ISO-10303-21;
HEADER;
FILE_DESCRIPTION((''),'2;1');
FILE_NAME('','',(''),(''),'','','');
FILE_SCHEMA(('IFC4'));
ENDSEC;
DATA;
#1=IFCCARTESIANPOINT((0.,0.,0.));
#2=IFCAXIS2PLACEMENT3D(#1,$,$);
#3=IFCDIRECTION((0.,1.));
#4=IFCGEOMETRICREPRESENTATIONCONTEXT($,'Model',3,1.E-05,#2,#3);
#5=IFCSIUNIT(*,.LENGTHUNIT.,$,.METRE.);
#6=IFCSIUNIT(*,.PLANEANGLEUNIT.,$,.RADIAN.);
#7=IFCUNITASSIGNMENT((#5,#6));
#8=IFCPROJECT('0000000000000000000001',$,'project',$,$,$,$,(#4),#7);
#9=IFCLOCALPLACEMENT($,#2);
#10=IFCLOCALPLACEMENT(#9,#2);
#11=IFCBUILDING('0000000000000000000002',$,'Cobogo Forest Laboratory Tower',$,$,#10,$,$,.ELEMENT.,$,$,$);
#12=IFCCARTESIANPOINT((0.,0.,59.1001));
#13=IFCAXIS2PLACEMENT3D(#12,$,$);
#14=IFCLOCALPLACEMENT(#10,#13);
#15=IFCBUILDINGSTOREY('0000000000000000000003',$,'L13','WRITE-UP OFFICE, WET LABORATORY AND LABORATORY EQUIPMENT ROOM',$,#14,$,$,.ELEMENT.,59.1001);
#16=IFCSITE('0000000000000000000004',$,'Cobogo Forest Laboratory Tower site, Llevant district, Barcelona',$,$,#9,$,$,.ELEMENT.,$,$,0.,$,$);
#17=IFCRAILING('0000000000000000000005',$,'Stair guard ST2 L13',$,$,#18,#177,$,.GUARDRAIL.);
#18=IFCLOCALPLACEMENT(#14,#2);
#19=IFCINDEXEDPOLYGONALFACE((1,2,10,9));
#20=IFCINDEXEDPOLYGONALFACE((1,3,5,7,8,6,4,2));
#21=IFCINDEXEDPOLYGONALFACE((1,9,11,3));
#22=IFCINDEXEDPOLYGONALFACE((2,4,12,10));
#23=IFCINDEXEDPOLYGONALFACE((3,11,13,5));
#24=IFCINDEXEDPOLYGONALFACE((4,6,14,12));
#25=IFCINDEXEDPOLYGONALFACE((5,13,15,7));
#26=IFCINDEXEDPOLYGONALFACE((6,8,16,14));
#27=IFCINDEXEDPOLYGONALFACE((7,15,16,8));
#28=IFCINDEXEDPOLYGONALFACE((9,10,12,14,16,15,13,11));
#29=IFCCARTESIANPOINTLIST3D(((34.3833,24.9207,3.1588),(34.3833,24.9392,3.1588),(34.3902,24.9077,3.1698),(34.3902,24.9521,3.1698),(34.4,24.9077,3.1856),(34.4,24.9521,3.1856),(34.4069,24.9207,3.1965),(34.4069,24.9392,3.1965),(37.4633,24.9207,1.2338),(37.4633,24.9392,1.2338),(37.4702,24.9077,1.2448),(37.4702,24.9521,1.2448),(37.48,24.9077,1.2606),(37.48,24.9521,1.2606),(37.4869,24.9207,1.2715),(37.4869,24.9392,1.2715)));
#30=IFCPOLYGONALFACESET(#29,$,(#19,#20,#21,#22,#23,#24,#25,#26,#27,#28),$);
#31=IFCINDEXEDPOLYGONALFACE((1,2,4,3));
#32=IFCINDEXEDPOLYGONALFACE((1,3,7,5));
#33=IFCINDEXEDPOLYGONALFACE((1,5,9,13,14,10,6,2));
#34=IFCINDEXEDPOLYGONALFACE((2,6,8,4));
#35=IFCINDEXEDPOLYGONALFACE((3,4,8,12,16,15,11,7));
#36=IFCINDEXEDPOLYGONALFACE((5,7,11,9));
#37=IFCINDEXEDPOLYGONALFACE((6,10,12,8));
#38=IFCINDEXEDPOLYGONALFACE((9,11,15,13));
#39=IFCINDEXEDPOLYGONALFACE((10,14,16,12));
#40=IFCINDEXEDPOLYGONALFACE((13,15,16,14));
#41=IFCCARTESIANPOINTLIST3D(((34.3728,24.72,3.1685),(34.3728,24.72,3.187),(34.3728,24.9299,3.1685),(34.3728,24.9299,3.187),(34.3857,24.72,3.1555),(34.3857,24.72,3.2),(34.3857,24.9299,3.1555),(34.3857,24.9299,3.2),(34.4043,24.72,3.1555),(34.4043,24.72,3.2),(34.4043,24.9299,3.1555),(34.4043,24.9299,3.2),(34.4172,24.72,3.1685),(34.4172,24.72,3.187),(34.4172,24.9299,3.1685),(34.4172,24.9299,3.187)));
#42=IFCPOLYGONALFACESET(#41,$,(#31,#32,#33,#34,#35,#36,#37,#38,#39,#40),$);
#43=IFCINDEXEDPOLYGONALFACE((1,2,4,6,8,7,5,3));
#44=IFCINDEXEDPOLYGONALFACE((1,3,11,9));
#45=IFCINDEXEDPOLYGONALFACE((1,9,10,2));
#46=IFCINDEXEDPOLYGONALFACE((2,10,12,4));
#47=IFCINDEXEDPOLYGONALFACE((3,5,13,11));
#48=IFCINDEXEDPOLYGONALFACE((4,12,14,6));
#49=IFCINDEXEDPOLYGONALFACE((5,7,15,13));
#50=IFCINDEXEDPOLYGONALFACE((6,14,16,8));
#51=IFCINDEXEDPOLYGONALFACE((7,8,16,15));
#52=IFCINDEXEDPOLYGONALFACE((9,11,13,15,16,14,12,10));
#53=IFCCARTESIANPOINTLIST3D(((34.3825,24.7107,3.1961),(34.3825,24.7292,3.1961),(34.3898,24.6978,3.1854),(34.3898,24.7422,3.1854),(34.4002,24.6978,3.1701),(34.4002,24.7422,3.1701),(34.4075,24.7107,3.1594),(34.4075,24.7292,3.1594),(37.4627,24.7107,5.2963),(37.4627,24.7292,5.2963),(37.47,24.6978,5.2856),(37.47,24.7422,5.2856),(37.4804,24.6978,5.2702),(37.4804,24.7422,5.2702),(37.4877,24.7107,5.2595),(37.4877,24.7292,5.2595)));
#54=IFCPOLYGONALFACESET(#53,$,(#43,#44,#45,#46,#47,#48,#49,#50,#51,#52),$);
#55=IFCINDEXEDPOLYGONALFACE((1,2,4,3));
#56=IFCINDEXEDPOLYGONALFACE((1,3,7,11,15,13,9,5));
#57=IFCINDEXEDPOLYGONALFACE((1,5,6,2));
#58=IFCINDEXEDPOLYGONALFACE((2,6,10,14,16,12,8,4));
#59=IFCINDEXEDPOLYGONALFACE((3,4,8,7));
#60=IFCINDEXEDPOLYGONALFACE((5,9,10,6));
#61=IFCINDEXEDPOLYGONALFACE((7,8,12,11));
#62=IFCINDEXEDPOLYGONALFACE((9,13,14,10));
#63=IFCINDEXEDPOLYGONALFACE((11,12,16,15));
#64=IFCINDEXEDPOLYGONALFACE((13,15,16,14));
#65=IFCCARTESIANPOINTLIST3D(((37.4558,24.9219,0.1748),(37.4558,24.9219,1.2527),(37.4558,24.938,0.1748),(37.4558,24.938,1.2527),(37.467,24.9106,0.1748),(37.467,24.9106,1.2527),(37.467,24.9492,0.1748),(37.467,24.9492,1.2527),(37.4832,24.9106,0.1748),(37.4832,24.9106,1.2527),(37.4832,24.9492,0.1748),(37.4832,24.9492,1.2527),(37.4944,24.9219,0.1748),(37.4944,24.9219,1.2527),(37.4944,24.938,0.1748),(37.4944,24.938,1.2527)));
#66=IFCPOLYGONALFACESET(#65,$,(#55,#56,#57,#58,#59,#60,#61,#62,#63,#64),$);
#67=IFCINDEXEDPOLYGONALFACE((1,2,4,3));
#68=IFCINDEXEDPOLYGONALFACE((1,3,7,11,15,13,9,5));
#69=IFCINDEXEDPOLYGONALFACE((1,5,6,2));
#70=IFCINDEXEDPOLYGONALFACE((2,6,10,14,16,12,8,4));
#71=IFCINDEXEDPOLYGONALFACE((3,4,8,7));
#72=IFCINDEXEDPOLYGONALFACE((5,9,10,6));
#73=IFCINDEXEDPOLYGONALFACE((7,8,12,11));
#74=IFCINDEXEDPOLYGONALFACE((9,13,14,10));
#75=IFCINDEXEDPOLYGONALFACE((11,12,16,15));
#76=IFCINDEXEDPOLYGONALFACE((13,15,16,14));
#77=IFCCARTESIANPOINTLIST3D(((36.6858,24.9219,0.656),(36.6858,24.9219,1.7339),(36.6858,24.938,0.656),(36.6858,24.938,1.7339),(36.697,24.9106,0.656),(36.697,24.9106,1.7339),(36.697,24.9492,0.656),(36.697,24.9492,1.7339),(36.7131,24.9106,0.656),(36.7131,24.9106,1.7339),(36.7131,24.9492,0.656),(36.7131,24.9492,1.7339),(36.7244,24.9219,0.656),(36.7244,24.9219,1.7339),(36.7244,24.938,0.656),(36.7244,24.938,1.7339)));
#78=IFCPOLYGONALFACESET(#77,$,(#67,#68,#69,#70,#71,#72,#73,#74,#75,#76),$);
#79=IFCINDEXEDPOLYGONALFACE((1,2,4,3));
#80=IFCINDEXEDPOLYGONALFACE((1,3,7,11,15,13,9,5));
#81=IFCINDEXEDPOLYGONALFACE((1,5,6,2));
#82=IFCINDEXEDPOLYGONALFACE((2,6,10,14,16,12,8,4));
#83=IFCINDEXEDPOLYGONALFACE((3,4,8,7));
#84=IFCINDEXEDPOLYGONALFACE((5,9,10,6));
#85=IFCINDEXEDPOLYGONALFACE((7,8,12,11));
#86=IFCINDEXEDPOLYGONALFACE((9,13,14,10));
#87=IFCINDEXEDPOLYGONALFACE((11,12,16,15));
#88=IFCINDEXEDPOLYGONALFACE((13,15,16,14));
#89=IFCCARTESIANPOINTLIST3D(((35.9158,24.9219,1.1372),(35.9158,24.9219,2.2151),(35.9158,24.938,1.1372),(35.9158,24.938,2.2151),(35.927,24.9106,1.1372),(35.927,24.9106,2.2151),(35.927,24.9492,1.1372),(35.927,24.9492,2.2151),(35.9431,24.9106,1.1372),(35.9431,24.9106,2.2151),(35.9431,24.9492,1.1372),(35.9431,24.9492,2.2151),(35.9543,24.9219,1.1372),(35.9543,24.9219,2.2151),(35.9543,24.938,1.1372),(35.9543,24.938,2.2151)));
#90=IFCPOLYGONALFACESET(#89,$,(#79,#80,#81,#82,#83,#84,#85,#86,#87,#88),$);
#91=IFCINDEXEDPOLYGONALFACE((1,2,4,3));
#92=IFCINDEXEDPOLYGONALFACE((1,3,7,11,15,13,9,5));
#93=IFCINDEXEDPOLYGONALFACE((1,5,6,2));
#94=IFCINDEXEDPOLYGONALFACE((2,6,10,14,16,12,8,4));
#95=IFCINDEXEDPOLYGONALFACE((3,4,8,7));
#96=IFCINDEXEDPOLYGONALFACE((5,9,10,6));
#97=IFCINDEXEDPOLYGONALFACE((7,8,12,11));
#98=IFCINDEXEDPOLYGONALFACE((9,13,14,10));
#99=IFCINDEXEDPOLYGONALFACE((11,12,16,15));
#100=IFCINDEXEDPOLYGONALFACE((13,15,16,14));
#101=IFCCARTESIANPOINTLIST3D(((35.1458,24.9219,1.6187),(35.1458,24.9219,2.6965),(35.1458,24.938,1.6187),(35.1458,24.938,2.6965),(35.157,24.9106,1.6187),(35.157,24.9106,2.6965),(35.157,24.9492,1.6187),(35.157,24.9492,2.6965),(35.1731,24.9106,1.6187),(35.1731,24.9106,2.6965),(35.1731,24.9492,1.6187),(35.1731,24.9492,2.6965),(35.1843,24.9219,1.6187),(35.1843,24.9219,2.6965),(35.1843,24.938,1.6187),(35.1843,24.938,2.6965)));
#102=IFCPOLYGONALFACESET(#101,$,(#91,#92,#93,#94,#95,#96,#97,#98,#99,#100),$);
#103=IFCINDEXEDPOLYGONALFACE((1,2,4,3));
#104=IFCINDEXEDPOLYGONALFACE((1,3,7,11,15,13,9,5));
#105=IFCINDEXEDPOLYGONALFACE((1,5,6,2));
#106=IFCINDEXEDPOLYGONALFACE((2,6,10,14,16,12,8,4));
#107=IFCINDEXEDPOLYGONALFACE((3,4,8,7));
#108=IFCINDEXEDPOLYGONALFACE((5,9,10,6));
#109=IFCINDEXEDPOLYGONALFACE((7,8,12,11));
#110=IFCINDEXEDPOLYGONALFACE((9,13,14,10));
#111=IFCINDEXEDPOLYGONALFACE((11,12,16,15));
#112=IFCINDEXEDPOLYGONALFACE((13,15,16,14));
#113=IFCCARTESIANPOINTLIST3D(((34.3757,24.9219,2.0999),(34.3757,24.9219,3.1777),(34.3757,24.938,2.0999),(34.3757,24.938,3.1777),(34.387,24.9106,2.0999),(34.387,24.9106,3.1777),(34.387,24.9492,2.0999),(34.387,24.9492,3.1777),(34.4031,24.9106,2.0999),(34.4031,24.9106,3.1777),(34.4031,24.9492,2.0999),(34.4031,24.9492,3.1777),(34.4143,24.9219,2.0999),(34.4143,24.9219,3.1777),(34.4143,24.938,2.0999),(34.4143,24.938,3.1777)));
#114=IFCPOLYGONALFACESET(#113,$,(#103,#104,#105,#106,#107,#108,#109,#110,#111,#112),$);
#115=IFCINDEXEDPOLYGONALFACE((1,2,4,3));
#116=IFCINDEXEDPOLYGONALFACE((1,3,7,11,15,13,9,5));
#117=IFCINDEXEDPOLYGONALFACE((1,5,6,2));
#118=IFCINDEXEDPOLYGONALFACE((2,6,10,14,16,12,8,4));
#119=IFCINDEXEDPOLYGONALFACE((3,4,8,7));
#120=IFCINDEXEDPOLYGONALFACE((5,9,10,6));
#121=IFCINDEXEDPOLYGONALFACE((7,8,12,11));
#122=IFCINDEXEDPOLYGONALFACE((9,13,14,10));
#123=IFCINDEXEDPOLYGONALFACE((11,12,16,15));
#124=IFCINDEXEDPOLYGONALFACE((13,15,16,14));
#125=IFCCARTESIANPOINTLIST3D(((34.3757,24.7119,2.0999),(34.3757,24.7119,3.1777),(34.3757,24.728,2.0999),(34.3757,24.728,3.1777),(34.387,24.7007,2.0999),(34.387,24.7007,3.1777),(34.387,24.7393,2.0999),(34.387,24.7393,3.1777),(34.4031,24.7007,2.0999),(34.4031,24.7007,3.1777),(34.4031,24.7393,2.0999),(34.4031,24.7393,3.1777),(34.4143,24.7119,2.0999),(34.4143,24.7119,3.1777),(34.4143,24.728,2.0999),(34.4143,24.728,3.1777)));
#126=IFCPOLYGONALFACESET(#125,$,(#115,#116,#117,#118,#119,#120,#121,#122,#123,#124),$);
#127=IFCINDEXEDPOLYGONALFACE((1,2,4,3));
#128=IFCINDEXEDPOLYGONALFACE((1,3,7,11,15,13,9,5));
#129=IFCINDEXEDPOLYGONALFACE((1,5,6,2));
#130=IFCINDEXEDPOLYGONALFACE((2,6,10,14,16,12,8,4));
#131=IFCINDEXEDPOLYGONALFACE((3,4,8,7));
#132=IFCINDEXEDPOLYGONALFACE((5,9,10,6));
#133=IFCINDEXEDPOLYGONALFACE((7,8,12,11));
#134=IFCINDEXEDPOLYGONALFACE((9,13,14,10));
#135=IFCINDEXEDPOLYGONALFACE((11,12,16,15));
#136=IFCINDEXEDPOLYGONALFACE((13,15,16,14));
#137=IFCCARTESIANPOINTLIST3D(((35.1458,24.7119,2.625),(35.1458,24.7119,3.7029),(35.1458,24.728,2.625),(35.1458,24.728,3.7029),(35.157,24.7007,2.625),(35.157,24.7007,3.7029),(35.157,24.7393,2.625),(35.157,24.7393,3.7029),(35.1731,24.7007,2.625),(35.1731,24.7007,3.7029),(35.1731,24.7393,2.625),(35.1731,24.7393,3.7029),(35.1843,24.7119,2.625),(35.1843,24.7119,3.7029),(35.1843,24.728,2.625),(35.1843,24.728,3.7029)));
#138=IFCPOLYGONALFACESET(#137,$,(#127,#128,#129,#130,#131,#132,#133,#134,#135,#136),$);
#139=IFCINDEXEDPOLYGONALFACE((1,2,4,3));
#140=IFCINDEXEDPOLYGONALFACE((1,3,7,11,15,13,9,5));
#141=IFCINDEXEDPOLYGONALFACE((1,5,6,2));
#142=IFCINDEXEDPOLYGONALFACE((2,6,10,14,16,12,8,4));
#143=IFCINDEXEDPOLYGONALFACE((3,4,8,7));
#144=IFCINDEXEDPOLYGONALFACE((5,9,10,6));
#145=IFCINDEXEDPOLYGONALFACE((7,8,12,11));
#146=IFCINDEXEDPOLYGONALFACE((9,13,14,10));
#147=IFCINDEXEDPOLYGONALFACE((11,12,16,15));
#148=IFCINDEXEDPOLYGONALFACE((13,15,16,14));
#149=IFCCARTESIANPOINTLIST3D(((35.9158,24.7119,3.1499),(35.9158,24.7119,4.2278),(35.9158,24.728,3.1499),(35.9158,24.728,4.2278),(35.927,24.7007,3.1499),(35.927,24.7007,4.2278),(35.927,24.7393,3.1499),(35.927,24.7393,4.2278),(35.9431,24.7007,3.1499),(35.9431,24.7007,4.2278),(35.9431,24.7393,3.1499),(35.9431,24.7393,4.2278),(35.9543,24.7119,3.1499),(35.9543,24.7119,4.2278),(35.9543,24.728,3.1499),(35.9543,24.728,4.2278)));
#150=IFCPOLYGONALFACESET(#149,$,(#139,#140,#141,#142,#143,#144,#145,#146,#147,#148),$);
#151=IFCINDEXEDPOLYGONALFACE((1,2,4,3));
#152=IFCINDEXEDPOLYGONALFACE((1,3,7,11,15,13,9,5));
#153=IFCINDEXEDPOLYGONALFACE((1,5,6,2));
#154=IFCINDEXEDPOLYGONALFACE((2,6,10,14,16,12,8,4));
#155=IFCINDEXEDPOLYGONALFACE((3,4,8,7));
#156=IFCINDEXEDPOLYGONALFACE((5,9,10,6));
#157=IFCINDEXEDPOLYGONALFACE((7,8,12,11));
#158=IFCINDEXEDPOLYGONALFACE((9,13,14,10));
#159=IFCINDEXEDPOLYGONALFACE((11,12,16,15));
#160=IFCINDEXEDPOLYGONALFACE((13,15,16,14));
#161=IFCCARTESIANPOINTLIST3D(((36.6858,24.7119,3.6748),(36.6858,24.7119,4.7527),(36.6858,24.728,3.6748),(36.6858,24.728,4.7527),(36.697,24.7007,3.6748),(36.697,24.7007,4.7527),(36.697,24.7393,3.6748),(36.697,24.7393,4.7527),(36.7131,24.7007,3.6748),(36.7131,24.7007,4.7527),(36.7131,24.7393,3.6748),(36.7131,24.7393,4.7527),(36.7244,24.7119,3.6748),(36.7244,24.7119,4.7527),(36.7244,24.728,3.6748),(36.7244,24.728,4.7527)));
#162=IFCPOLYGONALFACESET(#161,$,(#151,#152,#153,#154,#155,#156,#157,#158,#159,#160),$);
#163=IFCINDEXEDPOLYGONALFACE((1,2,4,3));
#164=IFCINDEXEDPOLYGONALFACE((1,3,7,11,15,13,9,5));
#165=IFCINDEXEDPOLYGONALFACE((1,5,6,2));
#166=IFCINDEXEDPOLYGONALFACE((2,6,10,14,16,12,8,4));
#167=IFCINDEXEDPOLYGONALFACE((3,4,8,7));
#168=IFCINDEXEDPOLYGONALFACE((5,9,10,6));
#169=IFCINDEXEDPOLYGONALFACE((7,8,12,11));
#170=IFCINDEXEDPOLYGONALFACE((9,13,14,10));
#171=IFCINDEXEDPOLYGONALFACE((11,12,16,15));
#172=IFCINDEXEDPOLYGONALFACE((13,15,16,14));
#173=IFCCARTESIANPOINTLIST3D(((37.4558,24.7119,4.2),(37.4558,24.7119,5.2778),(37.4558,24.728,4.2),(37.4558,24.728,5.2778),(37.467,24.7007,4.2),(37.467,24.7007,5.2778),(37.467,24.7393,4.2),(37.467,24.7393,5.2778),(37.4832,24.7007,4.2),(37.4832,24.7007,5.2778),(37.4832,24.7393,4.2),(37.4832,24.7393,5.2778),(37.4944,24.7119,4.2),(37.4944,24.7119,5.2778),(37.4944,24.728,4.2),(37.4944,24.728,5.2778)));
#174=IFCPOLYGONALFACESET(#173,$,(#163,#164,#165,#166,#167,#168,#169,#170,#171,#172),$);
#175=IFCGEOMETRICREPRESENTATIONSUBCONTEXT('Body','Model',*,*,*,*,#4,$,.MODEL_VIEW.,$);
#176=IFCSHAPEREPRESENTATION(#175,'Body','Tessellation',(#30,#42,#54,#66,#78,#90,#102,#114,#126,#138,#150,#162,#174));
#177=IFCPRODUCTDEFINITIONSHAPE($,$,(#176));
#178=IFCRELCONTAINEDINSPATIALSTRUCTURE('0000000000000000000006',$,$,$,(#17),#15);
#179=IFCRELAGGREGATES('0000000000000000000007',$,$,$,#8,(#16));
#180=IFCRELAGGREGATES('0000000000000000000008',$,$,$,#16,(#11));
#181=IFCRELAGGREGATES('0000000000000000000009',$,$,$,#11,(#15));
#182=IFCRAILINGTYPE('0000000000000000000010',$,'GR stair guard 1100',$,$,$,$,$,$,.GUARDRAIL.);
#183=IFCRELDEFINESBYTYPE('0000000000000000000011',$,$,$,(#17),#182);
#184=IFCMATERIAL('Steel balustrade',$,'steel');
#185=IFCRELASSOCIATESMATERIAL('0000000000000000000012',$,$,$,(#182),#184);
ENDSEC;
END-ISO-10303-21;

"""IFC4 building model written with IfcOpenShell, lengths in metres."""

from ifc_helpers import new_model, si_unit, direction, frame, origin, place, context, subcontext, project, spatial, polyline, outline, extrude, material, type_object, element, save


model = new_model("IFC4")

# Units and contexts
model_context = context("Model", 3, precision=1e-05, world=origin(), true_north=direction((0.0, 1.0)))
body_context = subcontext(model_context, "Body", "Model", "MODEL_VIEW")
ifc_project = project(units=[si_unit("LENGTHUNIT", "METRE"), si_unit("PLANEANGLEUNIT", "RADIAN")], contexts=[model_context])

# Site, building, storey
site_placement = place(None, origin())
site = spatial("IfcSite", under=ifc_project, at=site_placement, Name="Cobogo Forest Laboratory Tower site, Llevant district, Barcelona", CompositionType="ELEMENT", RefElevation=0.0)
building_placement = place(site_placement, origin())
building = spatial("IfcBuilding", under=site, at=building_placement, Name="Cobogo Forest Laboratory Tower", CompositionType="ELEMENT")
storey_placement = place(building_placement, frame((0.0, 0.0, 59.1001)))
storey = spatial("IfcBuildingStorey", under=building, at=storey_placement, Name="L13", Description="WRITE-UP OFFICE, WET LABORATORY AND LABORATORY EQUIPMENT ROOM", CompositionType="ELEMENT", Elevation=59.1001)

# Railing
ifc_material_1 = material(Name="Steel balustrade", Category="steel")
railing_type_1 = type_object("IfcRailingType", Name="GR stair guard 1100", PredefinedType="GUARDRAIL", material=ifc_material_1)
railing_1_placement = place(storey_placement, frame((37.4751, 24.9299, 0.1748)))
element("IfcRailing", 1, at=railing_1_placement, inside=storey, type_object=railing_type_1, Name="Stair guard ST2 L13", PredefinedType="GUARDRAIL", context=body_context, shape_type="SweptSolid", body=[
    extrude(outline(polyline([(0.0222, 0.0093), (0.0093, 0.0222), (-0.0093, 0.0222), (-0.0222, 0.0093), (-0.0222, -0.0093), (-0.0093, -0.0222), (0.0093, -0.0222), (0.0222, -0.0093), (0.0222, 0.0093)])), frame((0.0, 0.0, 1.0779), z_axis=(-0.847998, 0.0, 0.529999), x_axis=(0.0, -1.0, 0.0)), (0.0, 0.0, 1.0), 3.6321),
    extrude(outline(polyline([(0.0222, 0.0093), (0.0093, 0.0222), (-0.0093, 0.0222), (-0.0222, 0.0093), (-0.0222, -0.0093), (-0.0093, -0.0222), (0.0093, -0.0222), (0.0222, -0.0093), (0.0222, 0.0093)])), frame((-3.0801, 0.0, 3.0029), z_axis=(0.0, -1.0, 0.0), x_axis=(1.0, 0.0, 0.0)), (0.0, 0.0, 1.0), 0.21),
    extrude(outline(polyline([(0.0222, 0.0093), (0.0093, 0.0222), (-0.0093, 0.0222), (-0.0222, 0.0093), (-0.0222, -0.0093), (-0.0093, -0.0222), (0.0093, -0.0222), (0.0222, -0.0093), (0.0222, 0.0093)])), frame((-3.0801, -0.21, 3.0029), z_axis=(0.826222, 0.0, 0.563345), x_axis=(0.0, 1.0, 0.0)), (0.0, 0.0, 1.0), 3.728),
    extrude(outline(polyline([(0.0193, 0.0081), (0.0081, 0.0193), (-0.0081, 0.0193), (-0.0193, 0.0081), (-0.0193, -0.0081), (-0.0081, -0.0193), (0.0081, -0.0193), (0.0193, -0.0081), (0.0193, 0.0081)])), origin(), (0.0, 0.0, 1.0), 1.0779),
    extrude(outline(polyline([(0.0193, 0.0081), (0.0081, 0.0193), (-0.0081, 0.0193), (-0.0193, 0.0081), (-0.0193, -0.0081), (-0.0081, -0.0193), (0.0081, -0.0193), (0.0193, -0.0081), (0.0193, 0.0081)])), frame((-0.77, 0.0, 0.4812)), (0.0, 0.0, 1.0), 1.0779),
    extrude(outline(polyline([(0.0193, 0.0081), (0.0081, 0.0193), (-0.0081, 0.0193), (-0.0193, 0.0081), (-0.0193, -0.0081), (-0.0081, -0.0193), (0.0081, -0.0193), (0.0193, -0.0081), (0.0193, 0.0081)])), frame((-1.54, 0.0, 0.9624)), (0.0, 0.0, 1.0), 1.0779),
    extrude(outline(polyline([(0.0193, 0.0081), (0.0081, 0.0193), (-0.0081, 0.0193), (-0.0193, 0.0081), (-0.0193, -0.0081), (-0.0081, -0.0193), (0.0081, -0.0193), (0.0193, -0.0081), (0.0193, 0.0081)])), frame((-2.3101, 0.0, 1.4438)), (0.0, 0.0, 1.0), 1.0779),
    extrude(outline(polyline([(0.0193, 0.0081), (0.0081, 0.0193), (-0.0081, 0.0193), (-0.0193, 0.0081), (-0.0193, -0.0081), (-0.0081, -0.0193), (0.0081, -0.0193), (0.0193, -0.0081), (0.0193, 0.0081)])), frame((-3.0801, 0.0, 1.925)), (0.0, 0.0, 1.0), 1.0779),
    extrude(outline(polyline([(0.0193, 0.0081), (0.0081, 0.0193), (-0.0081, 0.0193), (-0.0193, 0.0081), (-0.0193, -0.0081), (-0.0081, -0.0193), (0.0081, -0.0193), (0.0193, -0.0081), (0.0193, 0.0081)])), frame((-3.0801, -0.21, 1.925)), (0.0, 0.0, 1.0), 1.0779),
    extrude(outline(polyline([(0.0193, 0.0081), (0.0081, 0.0193), (-0.0081, 0.0193), (-0.0193, 0.0081), (-0.0193, -0.0081), (-0.0081, -0.0193), (0.0081, -0.0193), (0.0193, -0.0081), (0.0193, 0.0081)])), frame((-2.3101, -0.21, 2.4502)), (0.0, 0.0, 1.0), 1.0779),
    extrude(outline(polyline([(0.0193, 0.0081), (0.0081, 0.0193), (-0.0081, 0.0193), (-0.0193, 0.0081), (-0.0193, -0.0081), (-0.0081, -0.0193), (0.0081, -0.0193), (0.0193, -0.0081), (0.0193, 0.0081)])), frame((-1.54, -0.21, 2.9751)), (0.0, 0.0, 1.0), 1.0779),
    extrude(outline(polyline([(0.0193, 0.0081), (0.0081, 0.0193), (-0.0081, 0.0193), (-0.0193, 0.0081), (-0.0193, -0.0081), (-0.0081, -0.0193), (0.0081, -0.0193), (0.0193, -0.0081), (0.0193, 0.0081)])), frame((-0.77, -0.21, 3.5)), (0.0, 0.0, 1.0), 1.0779),
    extrude(outline(polyline([(0.0193, 0.0081), (0.0081, 0.0193), (-0.0081, 0.0193), (-0.0193, 0.0081), (-0.0193, -0.0081), (-0.0081, -0.0193), (0.0081, -0.0193), (0.0193, -0.0081), (0.0193, 0.0081)])), frame((0.0, -0.21, 4.0251)), (0.0, 0.0, 1.0), 1.0779),
])

save(model, "model.ifc")
